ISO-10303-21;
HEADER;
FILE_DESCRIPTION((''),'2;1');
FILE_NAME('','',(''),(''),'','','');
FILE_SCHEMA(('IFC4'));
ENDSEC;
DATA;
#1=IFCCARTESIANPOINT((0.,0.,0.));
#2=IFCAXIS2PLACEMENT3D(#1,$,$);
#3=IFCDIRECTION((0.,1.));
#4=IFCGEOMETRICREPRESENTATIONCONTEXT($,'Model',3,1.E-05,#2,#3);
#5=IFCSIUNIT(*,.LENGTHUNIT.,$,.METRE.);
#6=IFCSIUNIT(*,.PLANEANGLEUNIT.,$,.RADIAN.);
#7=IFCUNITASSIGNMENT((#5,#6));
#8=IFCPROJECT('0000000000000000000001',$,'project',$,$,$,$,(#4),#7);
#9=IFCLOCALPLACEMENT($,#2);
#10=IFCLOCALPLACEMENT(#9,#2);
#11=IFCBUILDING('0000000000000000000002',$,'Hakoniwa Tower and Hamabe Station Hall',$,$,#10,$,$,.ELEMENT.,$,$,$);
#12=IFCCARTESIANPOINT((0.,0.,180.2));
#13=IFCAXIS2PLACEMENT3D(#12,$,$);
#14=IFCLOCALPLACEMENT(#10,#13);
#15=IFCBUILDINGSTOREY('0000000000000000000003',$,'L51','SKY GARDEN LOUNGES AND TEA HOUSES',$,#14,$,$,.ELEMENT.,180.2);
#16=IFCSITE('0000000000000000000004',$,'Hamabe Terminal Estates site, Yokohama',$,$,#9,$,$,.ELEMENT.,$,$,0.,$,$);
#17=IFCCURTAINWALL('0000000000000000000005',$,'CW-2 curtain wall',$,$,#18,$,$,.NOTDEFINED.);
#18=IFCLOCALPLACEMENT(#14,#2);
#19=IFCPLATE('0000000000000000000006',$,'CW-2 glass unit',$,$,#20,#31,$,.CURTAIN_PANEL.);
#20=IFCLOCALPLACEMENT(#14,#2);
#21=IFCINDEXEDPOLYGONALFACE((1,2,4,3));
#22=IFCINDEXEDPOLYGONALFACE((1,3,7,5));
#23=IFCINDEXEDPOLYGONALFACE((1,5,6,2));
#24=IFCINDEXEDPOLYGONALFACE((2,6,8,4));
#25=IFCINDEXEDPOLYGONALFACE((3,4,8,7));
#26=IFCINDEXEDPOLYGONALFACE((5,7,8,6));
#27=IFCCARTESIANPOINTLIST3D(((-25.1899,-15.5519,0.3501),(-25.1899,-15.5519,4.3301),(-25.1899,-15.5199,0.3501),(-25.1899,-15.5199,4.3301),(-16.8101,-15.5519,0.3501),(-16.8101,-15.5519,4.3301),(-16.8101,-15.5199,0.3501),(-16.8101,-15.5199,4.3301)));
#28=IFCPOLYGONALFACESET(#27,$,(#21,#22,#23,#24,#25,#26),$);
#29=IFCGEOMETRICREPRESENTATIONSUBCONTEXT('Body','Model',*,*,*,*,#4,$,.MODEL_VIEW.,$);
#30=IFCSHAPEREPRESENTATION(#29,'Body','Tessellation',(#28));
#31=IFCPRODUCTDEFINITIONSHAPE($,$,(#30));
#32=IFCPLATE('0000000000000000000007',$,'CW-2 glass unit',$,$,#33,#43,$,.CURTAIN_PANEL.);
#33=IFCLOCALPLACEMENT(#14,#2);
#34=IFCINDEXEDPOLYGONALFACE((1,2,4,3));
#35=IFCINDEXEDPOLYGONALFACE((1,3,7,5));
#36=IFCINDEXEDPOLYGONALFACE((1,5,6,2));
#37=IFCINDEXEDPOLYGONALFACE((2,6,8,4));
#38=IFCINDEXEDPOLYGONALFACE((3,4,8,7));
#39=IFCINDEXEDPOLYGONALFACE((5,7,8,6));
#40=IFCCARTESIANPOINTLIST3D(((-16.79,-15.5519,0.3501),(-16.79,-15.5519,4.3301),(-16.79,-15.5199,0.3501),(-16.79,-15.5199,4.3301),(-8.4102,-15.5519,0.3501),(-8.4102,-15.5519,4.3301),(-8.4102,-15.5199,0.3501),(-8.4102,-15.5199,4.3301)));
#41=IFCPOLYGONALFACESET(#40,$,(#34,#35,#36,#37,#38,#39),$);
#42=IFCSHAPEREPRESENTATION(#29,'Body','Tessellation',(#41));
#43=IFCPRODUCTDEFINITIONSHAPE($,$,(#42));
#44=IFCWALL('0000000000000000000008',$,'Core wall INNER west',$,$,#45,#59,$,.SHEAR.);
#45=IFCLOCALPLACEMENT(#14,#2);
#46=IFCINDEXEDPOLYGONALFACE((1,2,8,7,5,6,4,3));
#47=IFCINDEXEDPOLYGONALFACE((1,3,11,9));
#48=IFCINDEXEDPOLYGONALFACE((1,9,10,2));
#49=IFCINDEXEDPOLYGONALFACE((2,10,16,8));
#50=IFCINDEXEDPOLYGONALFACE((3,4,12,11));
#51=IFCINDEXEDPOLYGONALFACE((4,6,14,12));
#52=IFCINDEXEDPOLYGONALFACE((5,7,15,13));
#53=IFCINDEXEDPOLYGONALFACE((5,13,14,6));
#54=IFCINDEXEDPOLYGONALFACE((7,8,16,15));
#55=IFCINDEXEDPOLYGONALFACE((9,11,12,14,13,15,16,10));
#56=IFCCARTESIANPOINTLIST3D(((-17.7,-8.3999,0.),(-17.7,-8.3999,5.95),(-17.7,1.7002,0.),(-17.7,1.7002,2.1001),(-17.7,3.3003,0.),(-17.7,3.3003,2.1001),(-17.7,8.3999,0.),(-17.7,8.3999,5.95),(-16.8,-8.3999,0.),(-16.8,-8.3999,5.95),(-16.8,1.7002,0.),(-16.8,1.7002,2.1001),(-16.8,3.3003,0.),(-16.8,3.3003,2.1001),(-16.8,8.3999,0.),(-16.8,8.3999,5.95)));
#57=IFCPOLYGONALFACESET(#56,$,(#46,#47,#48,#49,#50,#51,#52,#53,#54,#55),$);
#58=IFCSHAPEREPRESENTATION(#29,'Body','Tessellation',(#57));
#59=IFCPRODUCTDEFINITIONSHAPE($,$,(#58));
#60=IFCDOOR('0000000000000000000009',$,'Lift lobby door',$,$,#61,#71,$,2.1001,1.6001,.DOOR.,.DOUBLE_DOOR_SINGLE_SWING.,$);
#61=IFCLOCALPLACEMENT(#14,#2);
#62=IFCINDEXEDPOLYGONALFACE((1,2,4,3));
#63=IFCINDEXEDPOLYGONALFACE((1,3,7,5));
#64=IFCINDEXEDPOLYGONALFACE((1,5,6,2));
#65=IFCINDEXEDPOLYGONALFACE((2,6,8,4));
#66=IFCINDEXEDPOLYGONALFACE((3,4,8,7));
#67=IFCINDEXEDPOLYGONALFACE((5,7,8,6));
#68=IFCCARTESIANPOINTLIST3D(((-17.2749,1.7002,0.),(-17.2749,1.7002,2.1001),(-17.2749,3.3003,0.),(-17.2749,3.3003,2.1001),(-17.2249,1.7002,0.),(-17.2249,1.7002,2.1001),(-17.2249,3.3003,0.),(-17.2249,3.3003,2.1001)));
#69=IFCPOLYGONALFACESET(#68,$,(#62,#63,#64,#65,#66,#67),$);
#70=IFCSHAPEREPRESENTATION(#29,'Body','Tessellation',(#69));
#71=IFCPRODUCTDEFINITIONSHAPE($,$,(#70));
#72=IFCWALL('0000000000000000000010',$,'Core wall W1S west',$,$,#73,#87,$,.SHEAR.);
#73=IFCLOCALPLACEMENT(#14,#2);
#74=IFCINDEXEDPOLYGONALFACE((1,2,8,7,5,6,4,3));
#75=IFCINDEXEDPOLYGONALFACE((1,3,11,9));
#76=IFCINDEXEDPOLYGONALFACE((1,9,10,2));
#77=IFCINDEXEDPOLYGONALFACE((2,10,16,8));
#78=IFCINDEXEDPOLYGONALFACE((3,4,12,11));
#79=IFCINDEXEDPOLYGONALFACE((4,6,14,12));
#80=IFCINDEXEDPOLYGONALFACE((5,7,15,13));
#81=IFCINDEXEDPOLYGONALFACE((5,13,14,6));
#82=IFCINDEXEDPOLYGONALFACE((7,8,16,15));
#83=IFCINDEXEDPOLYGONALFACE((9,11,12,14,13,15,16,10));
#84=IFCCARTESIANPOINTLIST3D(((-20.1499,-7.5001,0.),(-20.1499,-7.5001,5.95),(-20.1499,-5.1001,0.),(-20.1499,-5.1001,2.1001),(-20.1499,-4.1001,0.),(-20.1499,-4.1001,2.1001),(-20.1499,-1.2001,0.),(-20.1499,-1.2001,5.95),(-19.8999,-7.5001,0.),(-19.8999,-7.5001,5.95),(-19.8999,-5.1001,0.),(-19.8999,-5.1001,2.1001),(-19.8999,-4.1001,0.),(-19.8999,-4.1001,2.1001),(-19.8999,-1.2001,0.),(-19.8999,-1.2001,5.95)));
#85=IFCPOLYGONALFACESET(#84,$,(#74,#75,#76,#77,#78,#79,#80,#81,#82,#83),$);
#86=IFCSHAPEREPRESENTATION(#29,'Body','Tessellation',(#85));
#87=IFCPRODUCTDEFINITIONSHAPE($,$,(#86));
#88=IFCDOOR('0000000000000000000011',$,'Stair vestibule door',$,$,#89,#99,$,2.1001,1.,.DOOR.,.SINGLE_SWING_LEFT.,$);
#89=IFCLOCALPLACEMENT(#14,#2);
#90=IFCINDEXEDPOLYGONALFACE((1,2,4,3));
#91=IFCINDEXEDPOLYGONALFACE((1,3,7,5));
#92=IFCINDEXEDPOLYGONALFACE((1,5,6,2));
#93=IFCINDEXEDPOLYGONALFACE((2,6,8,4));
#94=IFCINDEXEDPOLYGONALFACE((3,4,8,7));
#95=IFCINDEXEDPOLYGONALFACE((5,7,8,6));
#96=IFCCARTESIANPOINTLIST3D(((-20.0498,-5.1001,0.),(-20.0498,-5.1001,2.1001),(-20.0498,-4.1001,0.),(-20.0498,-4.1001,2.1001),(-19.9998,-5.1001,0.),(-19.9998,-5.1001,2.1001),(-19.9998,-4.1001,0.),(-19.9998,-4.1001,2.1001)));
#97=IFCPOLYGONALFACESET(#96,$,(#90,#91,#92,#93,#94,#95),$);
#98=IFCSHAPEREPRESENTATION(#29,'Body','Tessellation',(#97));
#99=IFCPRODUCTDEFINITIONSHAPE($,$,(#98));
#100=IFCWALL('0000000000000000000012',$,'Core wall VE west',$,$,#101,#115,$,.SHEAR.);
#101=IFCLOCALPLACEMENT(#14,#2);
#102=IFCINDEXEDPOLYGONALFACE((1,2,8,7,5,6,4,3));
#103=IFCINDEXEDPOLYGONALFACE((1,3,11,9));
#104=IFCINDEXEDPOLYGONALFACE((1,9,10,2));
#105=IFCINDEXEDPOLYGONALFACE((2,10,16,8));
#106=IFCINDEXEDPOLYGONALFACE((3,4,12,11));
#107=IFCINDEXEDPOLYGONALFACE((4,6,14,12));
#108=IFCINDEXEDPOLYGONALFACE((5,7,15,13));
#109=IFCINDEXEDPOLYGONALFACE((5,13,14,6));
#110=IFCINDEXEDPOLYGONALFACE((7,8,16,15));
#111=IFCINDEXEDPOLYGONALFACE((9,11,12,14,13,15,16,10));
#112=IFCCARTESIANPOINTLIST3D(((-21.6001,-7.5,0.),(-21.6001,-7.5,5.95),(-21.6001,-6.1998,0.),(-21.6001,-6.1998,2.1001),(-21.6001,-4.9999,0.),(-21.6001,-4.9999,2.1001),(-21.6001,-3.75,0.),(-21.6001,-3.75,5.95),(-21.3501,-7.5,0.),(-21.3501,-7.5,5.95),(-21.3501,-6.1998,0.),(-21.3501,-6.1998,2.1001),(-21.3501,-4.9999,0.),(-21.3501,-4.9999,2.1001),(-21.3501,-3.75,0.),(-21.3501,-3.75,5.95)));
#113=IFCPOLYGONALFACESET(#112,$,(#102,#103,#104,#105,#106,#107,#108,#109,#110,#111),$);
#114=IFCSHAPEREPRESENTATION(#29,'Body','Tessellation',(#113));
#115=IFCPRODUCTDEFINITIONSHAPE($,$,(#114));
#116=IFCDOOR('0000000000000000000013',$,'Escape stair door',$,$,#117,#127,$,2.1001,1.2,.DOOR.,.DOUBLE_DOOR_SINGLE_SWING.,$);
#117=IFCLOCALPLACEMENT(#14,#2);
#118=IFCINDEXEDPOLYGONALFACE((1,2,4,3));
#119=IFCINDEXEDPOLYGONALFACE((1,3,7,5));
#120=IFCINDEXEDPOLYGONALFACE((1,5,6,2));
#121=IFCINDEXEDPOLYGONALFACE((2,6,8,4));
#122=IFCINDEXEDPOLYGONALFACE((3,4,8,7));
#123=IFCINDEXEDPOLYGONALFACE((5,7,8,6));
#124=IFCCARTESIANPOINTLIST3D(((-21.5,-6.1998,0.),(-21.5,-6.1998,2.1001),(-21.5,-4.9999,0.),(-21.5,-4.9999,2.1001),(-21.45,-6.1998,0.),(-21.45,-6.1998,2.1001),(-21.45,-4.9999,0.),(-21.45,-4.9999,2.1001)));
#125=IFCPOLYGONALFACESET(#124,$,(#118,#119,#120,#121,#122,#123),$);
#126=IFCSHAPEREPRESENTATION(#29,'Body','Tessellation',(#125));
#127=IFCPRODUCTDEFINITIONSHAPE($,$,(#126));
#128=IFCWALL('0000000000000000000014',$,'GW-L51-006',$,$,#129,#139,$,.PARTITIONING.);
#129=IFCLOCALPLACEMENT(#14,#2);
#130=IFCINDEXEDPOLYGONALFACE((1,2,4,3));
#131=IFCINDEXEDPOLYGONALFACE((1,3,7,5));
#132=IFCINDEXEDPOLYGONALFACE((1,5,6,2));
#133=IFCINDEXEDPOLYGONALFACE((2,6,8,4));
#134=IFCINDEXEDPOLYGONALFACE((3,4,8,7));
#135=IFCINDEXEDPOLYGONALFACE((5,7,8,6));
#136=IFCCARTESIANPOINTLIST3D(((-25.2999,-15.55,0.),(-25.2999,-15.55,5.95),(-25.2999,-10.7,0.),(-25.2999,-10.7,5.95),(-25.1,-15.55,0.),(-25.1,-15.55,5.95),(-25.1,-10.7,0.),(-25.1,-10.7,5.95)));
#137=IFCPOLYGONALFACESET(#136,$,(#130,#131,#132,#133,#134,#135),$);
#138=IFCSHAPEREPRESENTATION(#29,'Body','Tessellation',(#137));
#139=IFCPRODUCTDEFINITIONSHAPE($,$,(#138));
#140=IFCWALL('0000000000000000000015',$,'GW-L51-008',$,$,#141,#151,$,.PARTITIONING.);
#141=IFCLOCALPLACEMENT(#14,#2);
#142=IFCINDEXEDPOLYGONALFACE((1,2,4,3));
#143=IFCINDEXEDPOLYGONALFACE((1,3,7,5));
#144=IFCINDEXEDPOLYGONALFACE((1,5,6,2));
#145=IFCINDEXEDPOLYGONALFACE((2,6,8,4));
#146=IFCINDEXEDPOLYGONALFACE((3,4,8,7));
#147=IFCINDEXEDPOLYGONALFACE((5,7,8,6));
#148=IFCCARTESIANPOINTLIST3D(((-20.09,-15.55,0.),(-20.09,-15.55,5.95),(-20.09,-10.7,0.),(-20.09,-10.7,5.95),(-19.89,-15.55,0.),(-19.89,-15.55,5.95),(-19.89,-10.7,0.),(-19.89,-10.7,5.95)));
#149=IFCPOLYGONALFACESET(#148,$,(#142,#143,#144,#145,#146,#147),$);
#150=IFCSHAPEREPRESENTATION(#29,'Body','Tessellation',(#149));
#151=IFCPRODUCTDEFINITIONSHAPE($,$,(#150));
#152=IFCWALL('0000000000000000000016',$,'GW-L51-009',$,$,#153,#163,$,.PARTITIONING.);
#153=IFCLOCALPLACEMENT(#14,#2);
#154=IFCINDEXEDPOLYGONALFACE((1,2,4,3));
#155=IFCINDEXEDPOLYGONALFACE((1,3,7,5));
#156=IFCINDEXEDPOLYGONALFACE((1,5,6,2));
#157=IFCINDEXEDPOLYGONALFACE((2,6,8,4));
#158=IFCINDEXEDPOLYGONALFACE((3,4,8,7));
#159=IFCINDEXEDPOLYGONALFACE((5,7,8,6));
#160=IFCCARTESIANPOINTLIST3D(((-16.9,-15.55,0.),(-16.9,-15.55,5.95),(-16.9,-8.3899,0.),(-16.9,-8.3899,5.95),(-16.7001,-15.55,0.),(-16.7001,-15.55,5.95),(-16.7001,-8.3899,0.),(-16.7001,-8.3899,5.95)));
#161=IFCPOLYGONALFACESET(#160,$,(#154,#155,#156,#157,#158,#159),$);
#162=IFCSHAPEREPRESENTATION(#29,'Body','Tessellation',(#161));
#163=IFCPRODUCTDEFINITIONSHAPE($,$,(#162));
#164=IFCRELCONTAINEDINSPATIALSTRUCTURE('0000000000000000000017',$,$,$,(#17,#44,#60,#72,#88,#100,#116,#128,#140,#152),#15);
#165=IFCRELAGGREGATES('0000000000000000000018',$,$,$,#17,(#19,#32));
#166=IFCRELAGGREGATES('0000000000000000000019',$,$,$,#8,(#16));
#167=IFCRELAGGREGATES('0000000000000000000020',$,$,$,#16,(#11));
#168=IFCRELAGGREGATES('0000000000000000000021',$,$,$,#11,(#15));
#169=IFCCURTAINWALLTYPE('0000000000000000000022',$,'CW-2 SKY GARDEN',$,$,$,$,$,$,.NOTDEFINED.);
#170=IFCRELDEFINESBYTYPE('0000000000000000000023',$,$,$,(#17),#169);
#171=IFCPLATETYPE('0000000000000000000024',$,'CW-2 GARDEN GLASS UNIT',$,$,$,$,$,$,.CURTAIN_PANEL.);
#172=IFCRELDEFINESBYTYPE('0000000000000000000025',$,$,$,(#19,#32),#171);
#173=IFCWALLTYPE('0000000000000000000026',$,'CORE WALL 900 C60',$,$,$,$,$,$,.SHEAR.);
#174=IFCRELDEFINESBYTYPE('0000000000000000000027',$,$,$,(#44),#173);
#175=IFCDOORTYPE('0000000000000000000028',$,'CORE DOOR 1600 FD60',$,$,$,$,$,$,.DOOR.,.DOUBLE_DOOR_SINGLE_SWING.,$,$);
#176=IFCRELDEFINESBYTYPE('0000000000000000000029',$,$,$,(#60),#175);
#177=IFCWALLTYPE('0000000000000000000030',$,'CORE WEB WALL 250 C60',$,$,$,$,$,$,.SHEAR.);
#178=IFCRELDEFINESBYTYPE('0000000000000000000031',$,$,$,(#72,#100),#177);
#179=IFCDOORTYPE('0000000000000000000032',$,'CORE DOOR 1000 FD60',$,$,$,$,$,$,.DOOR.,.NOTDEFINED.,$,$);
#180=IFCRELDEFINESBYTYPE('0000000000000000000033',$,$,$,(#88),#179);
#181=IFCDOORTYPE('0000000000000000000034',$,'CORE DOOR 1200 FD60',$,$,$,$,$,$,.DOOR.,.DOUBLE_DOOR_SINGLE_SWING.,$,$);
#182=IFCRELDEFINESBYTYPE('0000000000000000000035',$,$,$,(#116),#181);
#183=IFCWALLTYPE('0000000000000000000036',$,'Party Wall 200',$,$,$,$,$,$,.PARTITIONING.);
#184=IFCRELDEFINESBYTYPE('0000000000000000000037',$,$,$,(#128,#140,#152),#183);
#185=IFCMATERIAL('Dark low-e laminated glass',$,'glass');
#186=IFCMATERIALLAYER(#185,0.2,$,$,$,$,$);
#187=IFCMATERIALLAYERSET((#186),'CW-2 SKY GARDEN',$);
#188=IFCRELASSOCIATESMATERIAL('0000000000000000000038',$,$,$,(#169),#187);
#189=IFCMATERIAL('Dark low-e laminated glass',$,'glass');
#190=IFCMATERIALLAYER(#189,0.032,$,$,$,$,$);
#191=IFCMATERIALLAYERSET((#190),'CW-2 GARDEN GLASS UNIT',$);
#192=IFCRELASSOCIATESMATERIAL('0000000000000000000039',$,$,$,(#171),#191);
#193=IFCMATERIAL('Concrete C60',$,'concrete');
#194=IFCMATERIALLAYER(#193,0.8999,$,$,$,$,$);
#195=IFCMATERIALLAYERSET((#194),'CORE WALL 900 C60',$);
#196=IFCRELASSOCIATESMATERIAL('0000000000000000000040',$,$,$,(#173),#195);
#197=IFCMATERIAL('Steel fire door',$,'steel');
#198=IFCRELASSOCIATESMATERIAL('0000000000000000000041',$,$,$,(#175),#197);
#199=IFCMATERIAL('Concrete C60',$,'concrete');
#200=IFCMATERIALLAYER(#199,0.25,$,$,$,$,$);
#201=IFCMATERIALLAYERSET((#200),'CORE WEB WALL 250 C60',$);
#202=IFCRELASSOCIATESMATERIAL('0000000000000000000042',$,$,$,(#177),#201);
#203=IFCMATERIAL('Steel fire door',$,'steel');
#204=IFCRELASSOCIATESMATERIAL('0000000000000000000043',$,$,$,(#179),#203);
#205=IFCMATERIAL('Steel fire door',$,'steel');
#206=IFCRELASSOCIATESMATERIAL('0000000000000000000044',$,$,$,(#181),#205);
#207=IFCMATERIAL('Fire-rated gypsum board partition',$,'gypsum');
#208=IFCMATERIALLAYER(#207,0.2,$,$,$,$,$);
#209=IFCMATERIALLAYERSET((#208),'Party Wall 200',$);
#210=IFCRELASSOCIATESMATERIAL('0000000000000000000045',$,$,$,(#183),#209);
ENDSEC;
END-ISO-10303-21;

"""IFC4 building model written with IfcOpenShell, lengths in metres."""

from ifc_helpers import new_model, si_unit, direction, frame, frame_2d, origin, origin_2d, place, context, subcontext, project, spatial, rectangle, extrude, material, layer, layer_set, type_object, element, fill, aggregate, save


model = new_model("IFC4")

# Units and contexts
model_context = context("Model", 3, precision=1e-05, world=origin(), true_north=direction((0.0, 1.0)))
body_context = subcontext(model_context, "Body", "Model", "MODEL_VIEW")
ifc_project = project(units=[si_unit("LENGTHUNIT", "METRE"), si_unit("PLANEANGLEUNIT", "RADIAN")], contexts=[model_context])

# Site, building, storey
site_placement = place(None, origin())
site = spatial("IfcSite", under=ifc_project, at=site_placement, Name="Hamabe Terminal Estates site, Yokohama", CompositionType="ELEMENT", RefElevation=0.0)
building_placement = place(site_placement, origin())
building = spatial("IfcBuilding", under=site, at=building_placement, Name="Hakoniwa Tower and Hamabe Station Hall", CompositionType="ELEMENT")
storey_placement = place(building_placement, frame((0.0, 0.0, 180.2)))
storey = spatial("IfcBuildingStorey", under=building, at=storey_placement, Name="L51", Description="SKY GARDEN LOUNGES AND TEA HOUSES", CompositionType="ELEMENT", Elevation=180.2)

# Curtain wall, plates
ifc_material_1 = material(Name="Dark low-e laminated glass", Category="glass")
ifc_layer_1 = layer(ifc_material_1, 0.2)
ifc_layer_set_1 = layer_set([ifc_layer_1], Name="CW-2 SKY GARDEN")
curtain_wall_type = type_object("IfcCurtainWallType", Name="CW-2 SKY GARDEN", PredefinedType="NOTDEFINED", material=ifc_layer_set_1)
curtain_wall_placement = place(storey_placement, origin())
curtain_wall = element("IfcCurtainWall", 1, at=curtain_wall_placement, inside=storey, type_object=curtain_wall_type, Name="CW-2 curtain wall", PredefinedType="NOTDEFINED")
ifc_material_2 = material(Name="Dark low-e laminated glass", Category="glass")
ifc_layer_2 = layer(ifc_material_2, 0.032)
ifc_layer_set_2 = layer_set([ifc_layer_2], Name="CW-2 GARDEN GLASS UNIT")
plate_type = type_object("IfcPlateType", Name="CW-2 GARDEN GLASS UNIT", PredefinedType="CURTAIN_PANEL", material=ifc_layer_set_2)
plate_1_placement = place(storey_placement, frame((-21.0, -15.5359, 0.3501), z_axis=(0.0, 0.0, 1.0), x_axis=(1.0, 0.0, 0.0)))
plate_1 = element("IfcPlate", 2, at=plate_1_placement, type_object=plate_type, Name="CW-2 glass unit", PredefinedType="CURTAIN_PANEL", context=body_context, shape_type="SweptSolid", body=[
    extrude(rectangle(XDim=8.3799, YDim=0.032, at=origin_2d()), origin(), (0.0, 0.0, 1.0), 3.98),
])
plate_2_placement = place(storey_placement, frame((-12.6001, -15.5359, 0.3501), z_axis=(0.0, 0.0, 1.0), x_axis=(1.0, 0.0, 0.0)))
plate_2 = element("IfcPlate", 3, at=plate_2_placement, type_object=plate_type, Name="CW-2 glass unit", PredefinedType="CURTAIN_PANEL", context=body_context, shape_type="SweptSolid", body=[
    extrude(rectangle(XDim=8.3799, YDim=0.032, at=origin_2d()), origin(), (0.0, 0.0, 1.0), 3.98),
])

# Walls, openings, doors
ifc_material_3 = material(Name="Concrete C60", Category="concrete")
ifc_layer_3 = layer(ifc_material_3, 0.8999)
ifc_layer_set_3 = layer_set([ifc_layer_3], Name="CORE WALL 900 C60")
wall_type_1 = type_object("IfcWallType", Name="CORE WALL 900 C60", PredefinedType="SHEAR", material=ifc_layer_set_3)
wall_1_placement = place(storey_placement, frame((-17.25, -8.3999, 0.0), z_axis=(0.0, 0.0, 1.0), x_axis=(0.0, 1.0, 0.0)))
wall_1 = element("IfcWall", 4, at=wall_1_placement, inside=storey, type_object=wall_type_1, Name="Core wall INNER west", PredefinedType="SHEAR", context=body_context, shape_type="SweptSolid", body=[
    extrude(rectangle(XDim=16.7998, YDim=0.8999, at=frame_2d((8.3999, 0.0))), origin(), (0.0, 0.0, 1.0), 5.95),
])
opening_1_placement = place(wall_1_placement, frame((10.1001, 0.0, 0.0)))
opening_1 = element("IfcOpeningElement", 5, at=opening_1_placement, cuts=wall_1, PredefinedType="OPENING", context=body_context, shape_type="SweptSolid", body=[
    extrude(rectangle(XDim=1.6001, YDim=2.1001, at=frame_2d((0.8, 1.05))), frame((0.0, 0.46, 0.0), z_axis=(0.0, -1.0, 0.0), x_axis=(1.0, 0.0, 0.0)), (0.0, 0.0, 1.0), 0.9199),
])
ifc_material_4 = material(Name="Steel fire door", Category="steel")
door_type_1 = type_object("IfcDoorType", Name="CORE DOOR 1600 FD60", OperationType="DOUBLE_DOOR_SINGLE_SWING", PredefinedType="DOOR", material=ifc_material_4)
door_1_placement = place(opening_1_placement, origin())
door_1 = element("IfcDoor", 6, at=door_1_placement, inside=storey, type_object=door_type_1, Name="Lift lobby door", OperationType="DOUBLE_DOOR_SINGLE_SWING", OverallHeight=2.1001, OverallWidth=1.6001, PredefinedType="DOOR", context=body_context, shape_type="SweptSolid", body=[
    extrude(rectangle(XDim=1.6001, YDim=2.1001, at=frame_2d((0.8, 1.05))), frame((0.0, 0.0249, 0.0), z_axis=(0.0, -1.0, 0.0), x_axis=(1.0, 0.0, 0.0)), (0.0, 0.0, 1.0), 0.05),
])
fill(opening_1, door_1)
ifc_material_5 = material(Name="Concrete C60", Category="concrete")
ifc_layer_4 = layer(ifc_material_5, 0.25)
ifc_layer_set_4 = layer_set([ifc_layer_4], Name="CORE WEB WALL 250 C60")
wall_type_2 = type_object("IfcWallType", Name="CORE WEB WALL 250 C60", PredefinedType="SHEAR", material=ifc_layer_set_4)
wall_2_placement = place(storey_placement, frame((-20.0249, -7.5, 0.0), z_axis=(0.0, 0.0, 1.0), x_axis=(0.0, 1.0, 0.0)))
wall_2 = element("IfcWall", 7, at=wall_2_placement, inside=storey, type_object=wall_type_2, Name="Core wall W1S west", PredefinedType="SHEAR", context=body_context, shape_type="SweptSolid", body=[
    extrude(rectangle(XDim=6.3, YDim=0.25, at=frame_2d((3.1499, 0.0))), origin(), (0.0, 0.0, 1.0), 5.95),
])
opening_2_placement = place(wall_2_placement, frame((2.3999, 0.0, 0.0)))
opening_2 = element("IfcOpeningElement", 8, at=opening_2_placement, cuts=wall_2, PredefinedType="OPENING", context=body_context, shape_type="SweptSolid", body=[
    extrude(rectangle(XDim=1.0, YDim=2.1001, at=frame_2d((0.5, 1.05))), frame((0.0, 0.135, 0.0), z_axis=(0.0, -1.0, 0.0), x_axis=(1.0, 0.0, 0.0)), (0.0, 0.0, 1.0), 0.27),
])
ifc_material_6 = material(Name="Steel fire door", Category="steel")
door_type_2 = type_object("IfcDoorType", Name="CORE DOOR 1000 FD60", OperationType="NOTDEFINED", PredefinedType="DOOR", material=ifc_material_6)
door_2_placement = place(opening_2_placement, origin())
door_2 = element("IfcDoor", 9, at=door_2_placement, inside=storey, type_object=door_type_2, Name="Stair vestibule door", OperationType="SINGLE_SWING_LEFT", OverallHeight=2.1001, OverallWidth=1.0, PredefinedType="DOOR", context=body_context, shape_type="SweptSolid", body=[
    extrude(rectangle(XDim=1.0, YDim=2.1001, at=frame_2d((0.5, 1.05))), frame((0.0, 0.0249, 0.0), z_axis=(0.0, -1.0, 0.0), x_axis=(1.0, 0.0, 0.0)), (0.0, 0.0, 1.0), 0.05),
])
fill(opening_2, door_2)
wall_3_placement = place(storey_placement, frame((-21.4751, -7.5, 0.0), z_axis=(0.0, 0.0, 1.0), x_axis=(0.0, 1.0, 0.0)))
wall_3 = element("IfcWall", 10, at=wall_3_placement, inside=storey, type_object=wall_type_2, Name="Core wall VE west", PredefinedType="SHEAR", context=body_context, shape_type="SweptSolid", body=[
    extrude(rectangle(XDim=3.75, YDim=0.25, at=frame_2d((1.875, 0.0))), origin(), (0.0, 0.0, 1.0), 5.95),
])
opening_3_placement = place(wall_3_placement, frame((1.3, 0.0, 0.0)))
opening_3 = element("IfcOpeningElement", 11, at=opening_3_placement, cuts=wall_3, PredefinedType="OPENING", context=body_context, shape_type="SweptSolid", body=[
    extrude(rectangle(XDim=1.2, YDim=2.1001, at=frame_2d((0.6001, 1.05))), frame((0.0, 0.135, 0.0), z_axis=(0.0, -1.0, 0.0), x_axis=(1.0, 0.0, 0.0)), (0.0, 0.0, 1.0), 0.27),
])
ifc_material_7 = material(Name="Steel fire door", Category="steel")
door_type_3 = type_object("IfcDoorType", Name="CORE DOOR 1200 FD60", OperationType="DOUBLE_DOOR_SINGLE_SWING", PredefinedType="DOOR", material=ifc_material_7)
door_3_placement = place(opening_3_placement, origin())
door_3 = element("IfcDoor", 12, at=door_3_placement, inside=storey, type_object=door_type_3, Name="Escape stair door", OperationType="DOUBLE_DOOR_SINGLE_SWING", OverallHeight=2.1001, OverallWidth=1.2, PredefinedType="DOOR", context=body_context, shape_type="SweptSolid", body=[
    extrude(rectangle(XDim=1.2, YDim=2.1001, at=frame_2d((0.6001, 1.05))), frame((0.0, 0.0249, 0.0), z_axis=(0.0, -1.0, 0.0), x_axis=(1.0, 0.0, 0.0)), (0.0, 0.0, 1.0), 0.05),
])
fill(opening_3, door_3)

# Walls
ifc_material_8 = material(Name="Fire-rated gypsum board partition", Category="gypsum")
ifc_layer_5 = layer(ifc_material_8, 0.2)
ifc_layer_set_5 = layer_set([ifc_layer_5], Name="Party Wall 200")
wall_type_3 = type_object("IfcWallType", Name="Party Wall 200", PredefinedType="PARTITIONING", material=ifc_layer_set_5)
for number, where, z_axis, x_axis, name in (
    (13, (-25.2, -15.55, 0.0), (0.0, 0.0, 1.0), (0.0, 1.0, 0.0), "GW-L51-006"),
    (14, (-19.99, -15.55, 0.0), (0.0, 0.0, 1.0), (0.0, 1.0, 0.0), "GW-L51-008"),
):
    element("IfcWall", number, at=place(storey_placement, frame(where, z_axis=z_axis, x_axis=x_axis)), inside=storey, type_object=wall_type_3, Name=name, PredefinedType="PARTITIONING", context=body_context, shape_type="SweptSolid", body=[
        extrude(rectangle(XDim=4.8501, YDim=0.2, at=frame_2d((2.425, 0.0))), origin(), (0.0, 0.0, 1.0), 5.95),
    ])
wall_4_placement = place(storey_placement, frame((-16.8, -15.55, 0.0), z_axis=(0.0, 0.0, 1.0), x_axis=(0.0, 1.0, 0.0)))
element("IfcWall", 15, at=wall_4_placement, inside=storey, type_object=wall_type_3, Name="GW-L51-009", PredefinedType="PARTITIONING", context=body_context, shape_type="SweptSolid", body=[
    extrude(rectangle(XDim=7.1602, YDim=0.2, at=frame_2d((3.5801, 0.0))), origin(), (0.0, 0.0, 1.0), 5.95),
])

aggregate(curtain_wall, [plate_1, plate_2])

save(model, "model.ifc")
